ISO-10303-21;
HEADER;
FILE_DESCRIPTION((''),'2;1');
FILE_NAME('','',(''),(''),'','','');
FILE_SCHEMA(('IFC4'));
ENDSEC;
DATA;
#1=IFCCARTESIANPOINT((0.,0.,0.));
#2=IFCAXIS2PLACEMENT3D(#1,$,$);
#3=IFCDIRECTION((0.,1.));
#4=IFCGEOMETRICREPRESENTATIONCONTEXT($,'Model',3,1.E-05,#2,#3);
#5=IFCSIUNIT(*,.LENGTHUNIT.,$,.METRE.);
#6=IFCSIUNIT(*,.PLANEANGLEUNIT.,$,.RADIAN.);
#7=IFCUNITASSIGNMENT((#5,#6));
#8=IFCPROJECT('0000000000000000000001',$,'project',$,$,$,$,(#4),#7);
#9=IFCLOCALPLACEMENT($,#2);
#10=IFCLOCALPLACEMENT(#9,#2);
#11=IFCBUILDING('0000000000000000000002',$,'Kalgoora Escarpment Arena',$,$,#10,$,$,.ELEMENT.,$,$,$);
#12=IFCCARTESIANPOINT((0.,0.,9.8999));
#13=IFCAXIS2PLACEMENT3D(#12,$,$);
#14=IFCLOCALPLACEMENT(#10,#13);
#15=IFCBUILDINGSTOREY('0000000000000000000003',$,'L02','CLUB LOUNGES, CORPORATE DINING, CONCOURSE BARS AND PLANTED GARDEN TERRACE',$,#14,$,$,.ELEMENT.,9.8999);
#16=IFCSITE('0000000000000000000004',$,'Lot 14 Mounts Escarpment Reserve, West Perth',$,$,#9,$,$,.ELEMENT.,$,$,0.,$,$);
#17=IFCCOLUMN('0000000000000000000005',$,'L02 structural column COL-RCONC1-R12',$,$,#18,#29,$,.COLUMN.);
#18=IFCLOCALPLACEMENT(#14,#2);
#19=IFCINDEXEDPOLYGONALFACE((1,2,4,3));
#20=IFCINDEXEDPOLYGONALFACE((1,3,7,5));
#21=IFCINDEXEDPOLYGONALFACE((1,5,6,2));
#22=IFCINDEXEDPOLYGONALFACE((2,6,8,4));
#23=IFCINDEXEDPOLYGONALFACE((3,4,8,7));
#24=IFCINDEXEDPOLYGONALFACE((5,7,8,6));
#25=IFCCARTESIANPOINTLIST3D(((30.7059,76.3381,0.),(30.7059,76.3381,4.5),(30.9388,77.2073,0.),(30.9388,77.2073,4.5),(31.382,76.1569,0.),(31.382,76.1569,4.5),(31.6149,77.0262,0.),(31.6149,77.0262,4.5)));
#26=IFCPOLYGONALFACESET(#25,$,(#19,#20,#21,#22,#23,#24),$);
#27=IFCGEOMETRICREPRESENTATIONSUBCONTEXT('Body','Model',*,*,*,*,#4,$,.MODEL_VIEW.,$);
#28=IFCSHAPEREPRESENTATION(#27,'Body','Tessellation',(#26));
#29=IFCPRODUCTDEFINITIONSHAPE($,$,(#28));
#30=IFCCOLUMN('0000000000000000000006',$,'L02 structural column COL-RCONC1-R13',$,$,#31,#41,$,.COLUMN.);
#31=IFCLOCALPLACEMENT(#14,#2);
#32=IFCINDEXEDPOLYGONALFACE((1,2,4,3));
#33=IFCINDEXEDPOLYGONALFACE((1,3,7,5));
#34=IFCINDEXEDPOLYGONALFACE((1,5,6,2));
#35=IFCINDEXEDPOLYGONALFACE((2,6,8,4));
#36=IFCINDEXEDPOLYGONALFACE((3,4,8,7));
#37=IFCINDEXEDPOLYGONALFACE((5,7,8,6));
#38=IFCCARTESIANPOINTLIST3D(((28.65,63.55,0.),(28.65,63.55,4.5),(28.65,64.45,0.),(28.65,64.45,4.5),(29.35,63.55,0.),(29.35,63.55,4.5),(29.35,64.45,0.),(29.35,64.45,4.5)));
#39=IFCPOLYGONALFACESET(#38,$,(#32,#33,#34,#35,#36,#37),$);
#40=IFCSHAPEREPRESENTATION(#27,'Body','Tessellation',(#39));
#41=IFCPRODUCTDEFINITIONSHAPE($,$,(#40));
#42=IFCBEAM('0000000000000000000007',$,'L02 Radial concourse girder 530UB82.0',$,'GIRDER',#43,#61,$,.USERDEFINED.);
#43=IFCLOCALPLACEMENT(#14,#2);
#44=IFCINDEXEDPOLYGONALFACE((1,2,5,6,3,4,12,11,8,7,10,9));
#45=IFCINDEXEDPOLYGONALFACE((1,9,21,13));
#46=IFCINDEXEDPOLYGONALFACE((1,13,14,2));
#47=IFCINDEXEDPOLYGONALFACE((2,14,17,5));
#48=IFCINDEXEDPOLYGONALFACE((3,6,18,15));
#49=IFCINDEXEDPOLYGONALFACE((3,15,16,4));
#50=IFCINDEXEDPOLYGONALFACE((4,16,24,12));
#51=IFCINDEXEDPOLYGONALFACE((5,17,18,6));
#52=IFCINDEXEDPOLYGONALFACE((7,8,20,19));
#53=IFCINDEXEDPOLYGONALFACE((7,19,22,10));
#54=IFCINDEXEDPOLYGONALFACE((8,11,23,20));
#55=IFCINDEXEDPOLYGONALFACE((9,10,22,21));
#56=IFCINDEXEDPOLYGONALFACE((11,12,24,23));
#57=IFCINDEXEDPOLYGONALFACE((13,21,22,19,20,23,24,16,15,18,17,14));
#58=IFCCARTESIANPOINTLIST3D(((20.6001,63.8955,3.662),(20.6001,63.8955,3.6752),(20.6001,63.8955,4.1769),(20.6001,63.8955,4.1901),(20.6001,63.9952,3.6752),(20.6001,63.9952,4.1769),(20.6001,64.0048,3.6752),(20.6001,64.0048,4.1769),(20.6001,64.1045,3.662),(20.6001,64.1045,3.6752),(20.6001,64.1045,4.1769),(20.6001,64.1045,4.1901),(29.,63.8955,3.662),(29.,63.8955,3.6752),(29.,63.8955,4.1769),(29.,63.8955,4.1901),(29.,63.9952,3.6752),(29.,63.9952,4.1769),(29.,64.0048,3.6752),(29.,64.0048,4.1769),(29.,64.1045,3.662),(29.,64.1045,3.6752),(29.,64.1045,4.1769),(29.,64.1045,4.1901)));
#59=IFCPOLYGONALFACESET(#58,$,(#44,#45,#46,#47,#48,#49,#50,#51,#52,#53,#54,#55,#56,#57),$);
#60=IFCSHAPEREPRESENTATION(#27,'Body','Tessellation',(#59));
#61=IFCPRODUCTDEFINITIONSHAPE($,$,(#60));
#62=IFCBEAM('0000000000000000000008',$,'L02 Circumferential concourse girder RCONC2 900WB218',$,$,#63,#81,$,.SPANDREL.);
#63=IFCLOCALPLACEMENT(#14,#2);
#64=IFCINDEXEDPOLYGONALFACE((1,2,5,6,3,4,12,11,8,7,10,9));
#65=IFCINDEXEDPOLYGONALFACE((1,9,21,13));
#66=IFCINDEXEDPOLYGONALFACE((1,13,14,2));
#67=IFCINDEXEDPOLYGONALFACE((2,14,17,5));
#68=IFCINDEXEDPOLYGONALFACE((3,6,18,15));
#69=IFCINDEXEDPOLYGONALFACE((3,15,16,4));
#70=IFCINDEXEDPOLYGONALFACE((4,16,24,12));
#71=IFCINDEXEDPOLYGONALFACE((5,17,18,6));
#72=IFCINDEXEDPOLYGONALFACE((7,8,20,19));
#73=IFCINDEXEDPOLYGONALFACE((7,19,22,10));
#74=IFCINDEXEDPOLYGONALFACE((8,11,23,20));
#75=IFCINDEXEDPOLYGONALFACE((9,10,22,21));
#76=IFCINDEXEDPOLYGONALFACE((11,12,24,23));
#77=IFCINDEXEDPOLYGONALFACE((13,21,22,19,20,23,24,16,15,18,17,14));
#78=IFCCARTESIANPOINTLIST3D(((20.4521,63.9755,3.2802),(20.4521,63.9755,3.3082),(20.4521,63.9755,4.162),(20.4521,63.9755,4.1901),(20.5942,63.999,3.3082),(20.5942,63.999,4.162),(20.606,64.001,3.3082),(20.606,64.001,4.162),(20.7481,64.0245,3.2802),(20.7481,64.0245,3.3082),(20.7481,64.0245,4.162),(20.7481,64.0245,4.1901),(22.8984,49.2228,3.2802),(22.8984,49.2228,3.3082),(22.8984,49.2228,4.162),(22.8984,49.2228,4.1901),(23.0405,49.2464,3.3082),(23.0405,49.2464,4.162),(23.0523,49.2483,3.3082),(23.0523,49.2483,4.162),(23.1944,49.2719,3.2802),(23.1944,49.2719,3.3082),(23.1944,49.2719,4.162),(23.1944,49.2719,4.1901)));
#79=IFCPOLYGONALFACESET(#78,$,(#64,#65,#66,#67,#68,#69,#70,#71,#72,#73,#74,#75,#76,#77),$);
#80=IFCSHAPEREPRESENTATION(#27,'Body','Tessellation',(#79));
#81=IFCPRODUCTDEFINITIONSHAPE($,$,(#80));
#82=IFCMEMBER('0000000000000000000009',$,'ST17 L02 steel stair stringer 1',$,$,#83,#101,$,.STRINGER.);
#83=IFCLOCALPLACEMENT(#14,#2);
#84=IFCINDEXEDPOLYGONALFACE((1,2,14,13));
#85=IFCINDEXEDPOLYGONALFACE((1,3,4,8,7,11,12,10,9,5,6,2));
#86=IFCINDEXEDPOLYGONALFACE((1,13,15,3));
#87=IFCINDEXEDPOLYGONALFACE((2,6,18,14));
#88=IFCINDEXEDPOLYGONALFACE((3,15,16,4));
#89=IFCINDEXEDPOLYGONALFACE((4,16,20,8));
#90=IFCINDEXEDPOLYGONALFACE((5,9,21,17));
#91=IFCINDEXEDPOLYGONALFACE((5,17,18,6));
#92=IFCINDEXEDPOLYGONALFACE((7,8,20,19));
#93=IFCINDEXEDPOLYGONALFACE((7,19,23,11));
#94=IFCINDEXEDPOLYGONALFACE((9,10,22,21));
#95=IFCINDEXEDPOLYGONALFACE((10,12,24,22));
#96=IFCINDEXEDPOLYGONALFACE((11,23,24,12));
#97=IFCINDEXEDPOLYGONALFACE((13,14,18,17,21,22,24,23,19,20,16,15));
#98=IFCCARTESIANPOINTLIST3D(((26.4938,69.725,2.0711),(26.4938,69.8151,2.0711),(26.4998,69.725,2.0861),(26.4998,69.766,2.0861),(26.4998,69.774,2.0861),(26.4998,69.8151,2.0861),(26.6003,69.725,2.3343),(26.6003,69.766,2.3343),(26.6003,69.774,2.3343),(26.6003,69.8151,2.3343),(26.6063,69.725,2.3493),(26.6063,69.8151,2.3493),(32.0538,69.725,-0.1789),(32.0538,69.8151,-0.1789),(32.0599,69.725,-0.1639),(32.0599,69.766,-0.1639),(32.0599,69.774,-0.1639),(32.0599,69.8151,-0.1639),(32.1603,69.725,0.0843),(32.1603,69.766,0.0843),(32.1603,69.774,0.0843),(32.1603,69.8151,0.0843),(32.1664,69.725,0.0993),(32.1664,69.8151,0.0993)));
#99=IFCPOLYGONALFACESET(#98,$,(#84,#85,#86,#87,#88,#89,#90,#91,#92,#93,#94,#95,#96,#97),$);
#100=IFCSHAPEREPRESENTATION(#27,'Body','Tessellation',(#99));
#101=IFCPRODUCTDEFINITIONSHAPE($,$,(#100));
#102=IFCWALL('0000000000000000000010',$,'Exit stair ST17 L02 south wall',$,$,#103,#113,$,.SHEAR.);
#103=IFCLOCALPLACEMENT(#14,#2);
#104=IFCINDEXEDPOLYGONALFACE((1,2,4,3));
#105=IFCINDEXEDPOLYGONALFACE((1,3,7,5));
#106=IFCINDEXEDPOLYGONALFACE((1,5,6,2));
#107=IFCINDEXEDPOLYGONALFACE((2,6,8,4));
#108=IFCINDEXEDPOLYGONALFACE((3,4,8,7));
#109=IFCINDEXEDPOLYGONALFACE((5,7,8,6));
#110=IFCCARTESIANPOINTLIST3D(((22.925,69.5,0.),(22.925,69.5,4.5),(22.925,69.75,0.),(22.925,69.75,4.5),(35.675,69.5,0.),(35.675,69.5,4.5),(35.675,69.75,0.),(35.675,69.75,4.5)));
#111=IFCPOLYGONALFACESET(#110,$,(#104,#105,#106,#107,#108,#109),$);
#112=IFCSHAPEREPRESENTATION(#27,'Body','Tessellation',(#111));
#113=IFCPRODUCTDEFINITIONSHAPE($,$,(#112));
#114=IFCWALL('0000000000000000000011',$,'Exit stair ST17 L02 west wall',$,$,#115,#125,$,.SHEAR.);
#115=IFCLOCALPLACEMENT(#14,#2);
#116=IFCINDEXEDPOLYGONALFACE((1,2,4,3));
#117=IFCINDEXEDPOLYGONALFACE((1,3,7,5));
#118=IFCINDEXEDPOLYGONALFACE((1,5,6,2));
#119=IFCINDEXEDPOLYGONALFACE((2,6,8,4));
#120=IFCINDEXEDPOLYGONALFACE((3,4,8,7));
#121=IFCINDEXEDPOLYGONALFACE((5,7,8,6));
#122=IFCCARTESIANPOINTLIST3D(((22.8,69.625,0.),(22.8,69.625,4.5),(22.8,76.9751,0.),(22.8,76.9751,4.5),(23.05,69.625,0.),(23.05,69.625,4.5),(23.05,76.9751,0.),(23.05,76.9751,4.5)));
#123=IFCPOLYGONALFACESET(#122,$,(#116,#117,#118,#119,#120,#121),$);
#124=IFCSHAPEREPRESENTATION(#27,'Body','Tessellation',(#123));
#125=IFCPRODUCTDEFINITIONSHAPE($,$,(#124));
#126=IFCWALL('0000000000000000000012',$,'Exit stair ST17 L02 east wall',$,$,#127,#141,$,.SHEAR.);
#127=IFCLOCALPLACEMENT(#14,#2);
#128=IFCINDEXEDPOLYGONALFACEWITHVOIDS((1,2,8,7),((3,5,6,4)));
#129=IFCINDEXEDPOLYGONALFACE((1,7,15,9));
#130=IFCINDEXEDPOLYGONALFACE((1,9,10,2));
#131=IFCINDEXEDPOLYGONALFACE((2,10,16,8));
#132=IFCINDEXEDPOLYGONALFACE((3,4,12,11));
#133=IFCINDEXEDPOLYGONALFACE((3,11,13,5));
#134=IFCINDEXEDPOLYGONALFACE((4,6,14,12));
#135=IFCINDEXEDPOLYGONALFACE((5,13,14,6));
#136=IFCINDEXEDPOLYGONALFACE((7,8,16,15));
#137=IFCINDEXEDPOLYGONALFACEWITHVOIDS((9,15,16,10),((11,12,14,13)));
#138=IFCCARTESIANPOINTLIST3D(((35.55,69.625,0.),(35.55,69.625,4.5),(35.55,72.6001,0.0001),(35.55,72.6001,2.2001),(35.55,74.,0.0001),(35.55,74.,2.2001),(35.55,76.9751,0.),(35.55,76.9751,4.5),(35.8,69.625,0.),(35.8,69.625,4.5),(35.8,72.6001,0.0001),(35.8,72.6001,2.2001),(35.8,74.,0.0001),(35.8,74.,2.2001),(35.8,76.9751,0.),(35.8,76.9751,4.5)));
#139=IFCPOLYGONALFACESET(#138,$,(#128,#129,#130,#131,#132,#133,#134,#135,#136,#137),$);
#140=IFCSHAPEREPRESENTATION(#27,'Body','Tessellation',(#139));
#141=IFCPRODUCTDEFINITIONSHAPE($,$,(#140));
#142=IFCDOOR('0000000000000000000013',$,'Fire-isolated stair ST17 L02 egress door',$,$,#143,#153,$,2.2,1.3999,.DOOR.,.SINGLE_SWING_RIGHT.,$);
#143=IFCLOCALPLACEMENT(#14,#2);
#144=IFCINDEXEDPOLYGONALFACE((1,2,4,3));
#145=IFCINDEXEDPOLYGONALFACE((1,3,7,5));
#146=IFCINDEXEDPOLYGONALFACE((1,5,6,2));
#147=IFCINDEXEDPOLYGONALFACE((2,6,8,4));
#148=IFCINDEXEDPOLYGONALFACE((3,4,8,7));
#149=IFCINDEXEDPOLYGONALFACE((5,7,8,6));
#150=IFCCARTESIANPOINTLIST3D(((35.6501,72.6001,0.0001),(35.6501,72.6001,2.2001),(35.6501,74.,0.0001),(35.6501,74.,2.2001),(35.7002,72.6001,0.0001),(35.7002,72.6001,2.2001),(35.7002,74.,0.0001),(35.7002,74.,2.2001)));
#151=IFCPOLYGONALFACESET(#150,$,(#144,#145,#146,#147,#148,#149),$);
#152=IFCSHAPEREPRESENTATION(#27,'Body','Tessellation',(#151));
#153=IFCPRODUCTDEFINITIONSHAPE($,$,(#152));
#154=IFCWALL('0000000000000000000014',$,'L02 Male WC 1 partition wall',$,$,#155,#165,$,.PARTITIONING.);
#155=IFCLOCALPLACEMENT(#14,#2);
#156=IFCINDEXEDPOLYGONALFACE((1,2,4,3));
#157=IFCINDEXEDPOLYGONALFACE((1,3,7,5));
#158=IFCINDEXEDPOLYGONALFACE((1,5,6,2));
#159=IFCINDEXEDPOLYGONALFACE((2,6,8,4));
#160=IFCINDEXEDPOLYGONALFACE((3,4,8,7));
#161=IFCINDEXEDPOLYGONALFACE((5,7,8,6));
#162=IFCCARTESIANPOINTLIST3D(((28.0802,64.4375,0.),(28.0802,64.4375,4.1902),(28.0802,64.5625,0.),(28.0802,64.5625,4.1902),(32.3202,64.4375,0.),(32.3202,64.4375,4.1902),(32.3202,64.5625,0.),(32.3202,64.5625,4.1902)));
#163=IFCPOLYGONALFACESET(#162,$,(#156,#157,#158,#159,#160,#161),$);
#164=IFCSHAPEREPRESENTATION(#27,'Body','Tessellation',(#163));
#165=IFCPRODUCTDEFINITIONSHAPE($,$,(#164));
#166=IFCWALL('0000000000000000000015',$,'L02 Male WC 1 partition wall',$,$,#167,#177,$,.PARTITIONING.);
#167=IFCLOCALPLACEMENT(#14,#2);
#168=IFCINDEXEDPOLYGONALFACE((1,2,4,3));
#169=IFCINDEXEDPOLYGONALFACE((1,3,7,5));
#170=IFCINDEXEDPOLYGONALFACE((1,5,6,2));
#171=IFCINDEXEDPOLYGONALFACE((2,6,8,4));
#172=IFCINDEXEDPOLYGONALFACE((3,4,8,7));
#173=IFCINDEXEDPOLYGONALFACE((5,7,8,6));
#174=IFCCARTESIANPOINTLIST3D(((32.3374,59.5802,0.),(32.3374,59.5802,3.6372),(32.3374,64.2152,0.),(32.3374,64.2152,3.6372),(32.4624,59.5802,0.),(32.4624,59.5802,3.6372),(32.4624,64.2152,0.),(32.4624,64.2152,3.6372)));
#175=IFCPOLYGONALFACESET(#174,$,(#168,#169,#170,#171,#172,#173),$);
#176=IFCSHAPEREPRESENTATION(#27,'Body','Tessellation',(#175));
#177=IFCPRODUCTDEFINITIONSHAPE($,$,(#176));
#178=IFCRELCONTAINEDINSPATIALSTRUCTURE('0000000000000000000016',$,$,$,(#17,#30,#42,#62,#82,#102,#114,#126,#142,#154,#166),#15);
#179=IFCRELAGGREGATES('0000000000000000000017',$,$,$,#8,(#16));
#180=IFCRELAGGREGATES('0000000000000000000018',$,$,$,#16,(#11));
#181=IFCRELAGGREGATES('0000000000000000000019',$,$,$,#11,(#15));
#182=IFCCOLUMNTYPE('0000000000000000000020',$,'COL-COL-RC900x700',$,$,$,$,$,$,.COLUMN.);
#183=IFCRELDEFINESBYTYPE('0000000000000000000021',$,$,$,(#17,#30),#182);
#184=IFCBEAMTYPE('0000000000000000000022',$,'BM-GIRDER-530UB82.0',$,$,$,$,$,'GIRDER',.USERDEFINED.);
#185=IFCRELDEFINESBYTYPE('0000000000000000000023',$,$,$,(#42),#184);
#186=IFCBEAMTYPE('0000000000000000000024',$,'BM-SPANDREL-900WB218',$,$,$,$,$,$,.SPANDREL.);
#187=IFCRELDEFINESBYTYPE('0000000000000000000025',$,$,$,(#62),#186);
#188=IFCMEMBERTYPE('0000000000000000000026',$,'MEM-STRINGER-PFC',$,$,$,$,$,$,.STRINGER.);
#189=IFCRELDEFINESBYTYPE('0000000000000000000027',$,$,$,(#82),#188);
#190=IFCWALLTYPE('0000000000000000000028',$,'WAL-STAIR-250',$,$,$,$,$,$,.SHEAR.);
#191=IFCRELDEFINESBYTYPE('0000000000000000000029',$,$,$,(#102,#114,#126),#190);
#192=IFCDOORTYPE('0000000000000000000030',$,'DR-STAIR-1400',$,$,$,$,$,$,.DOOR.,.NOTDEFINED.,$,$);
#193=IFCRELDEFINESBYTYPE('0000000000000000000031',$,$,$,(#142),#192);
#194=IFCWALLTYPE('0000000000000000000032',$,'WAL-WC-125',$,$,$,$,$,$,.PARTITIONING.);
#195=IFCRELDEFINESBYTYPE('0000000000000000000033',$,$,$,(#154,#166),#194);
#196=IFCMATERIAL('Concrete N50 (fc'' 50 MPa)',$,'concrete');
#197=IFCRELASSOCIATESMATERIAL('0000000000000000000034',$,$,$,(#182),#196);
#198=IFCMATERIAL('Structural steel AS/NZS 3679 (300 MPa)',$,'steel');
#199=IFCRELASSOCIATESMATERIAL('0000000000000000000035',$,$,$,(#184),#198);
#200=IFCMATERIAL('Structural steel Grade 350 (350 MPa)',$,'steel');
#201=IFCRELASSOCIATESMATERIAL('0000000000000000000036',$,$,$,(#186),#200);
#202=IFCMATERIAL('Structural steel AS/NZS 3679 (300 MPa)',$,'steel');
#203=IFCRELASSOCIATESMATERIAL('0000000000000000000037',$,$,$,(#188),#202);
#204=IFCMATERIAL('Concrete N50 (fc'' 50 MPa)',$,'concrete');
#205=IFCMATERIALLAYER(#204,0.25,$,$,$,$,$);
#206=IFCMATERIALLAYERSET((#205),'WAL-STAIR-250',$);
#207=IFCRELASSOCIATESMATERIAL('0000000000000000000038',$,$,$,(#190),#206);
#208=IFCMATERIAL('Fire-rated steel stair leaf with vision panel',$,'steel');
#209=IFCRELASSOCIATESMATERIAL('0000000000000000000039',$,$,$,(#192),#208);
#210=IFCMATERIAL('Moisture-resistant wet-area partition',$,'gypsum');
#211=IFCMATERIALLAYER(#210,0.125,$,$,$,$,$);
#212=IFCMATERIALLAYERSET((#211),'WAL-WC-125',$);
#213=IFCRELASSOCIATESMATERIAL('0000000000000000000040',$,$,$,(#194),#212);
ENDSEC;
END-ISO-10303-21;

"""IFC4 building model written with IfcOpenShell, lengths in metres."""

from ifc_helpers import new_model, si_unit, direction, frame, frame_2d, origin, origin_2d, place, context, subcontext, project, spatial, rectangle, i_section, extrude, material, layer, layer_set, material_profile, profile_set, type_object, element, fill, save


model = new_model("IFC4")

# Units and contexts
model_context = context("Model", 3, precision=1e-05, world=origin(), true_north=direction((0.0, 1.0)))
body_context = subcontext(model_context, "Body", "Model", "MODEL_VIEW")
ifc_project = project(units=[si_unit("LENGTHUNIT", "METRE"), si_unit("PLANEANGLEUNIT", "RADIAN")], contexts=[model_context])

# Site, building, storey
site_placement = place(None, origin())
site = spatial("IfcSite", under=ifc_project, at=site_placement, Name="Lot 14 Mounts Escarpment Reserve, West Perth", CompositionType="ELEMENT", RefElevation=0.0)
building_placement = place(site_placement, origin())
building = spatial("IfcBuilding", under=site, at=building_placement, Name="Kalgoora Escarpment Arena", CompositionType="ELEMENT")
storey_placement = place(building_placement, frame((0.0, 0.0, 9.8999)))
storey = spatial("IfcBuildingStorey", under=building, at=storey_placement, Name="L02", Description="CLUB LOUNGES, CORPORATE DINING, CONCOURSE BARS AND PLANTED GARDEN TERRACE", CompositionType="ELEMENT", Elevation=9.8999)

# Columns
ifc_material_1 = material(Name="Concrete N50 (fc' 50 MPa)", Category="concrete")
ifc_material_profile_1 = material_profile(ifc_material_1, rectangle(XDim=0.7, YDim=0.8999, at=origin_2d()))
ifc_profile_set_1 = profile_set([ifc_material_profile_1], Name="Concrete N50 (fc' 50 MPa)")
column_type = type_object("IfcColumnType", Name="COL-COL-RC900x700", PredefinedType="COLUMN", material=ifc_profile_set_1)
for number, where, z_axis, x_axis, name in (
    (1, (31.1604, 76.6821, 0.0), (0.0, 0.0, 1.0), (-0.965926, 0.258819, 0.0), "L02 structural column COL-RCONC1-R12"),
    (2, (29.0, 64.0, 0.0), (0.0, 0.0, 1.0), (-1.0, 0.0, 0.0), "L02 structural column COL-RCONC1-R13"),
):
    element("IfcColumn", number, at=place(storey_placement, frame(where, z_axis=z_axis, x_axis=x_axis)), inside=storey, type_object=column_type, Name=name, PredefinedType="COLUMN", context=body_context, shape_type="SweptSolid", body=[
        extrude(rectangle(XDim=0.7, YDim=0.8999, at=origin_2d()), origin(), (0.0, 0.0, 1.0), 4.5),
    ])

# Beams
ifc_material_2 = material(Name="Structural steel AS/NZS 3679 (300 MPa)", Category="steel")
ifc_material_profile_2 = material_profile(ifc_material_2, i_section(OverallWidth=0.209, OverallDepth=0.5281, WebThickness=0.0095, FlangeThickness=0.0132, at=origin_2d()))
ifc_profile_set_2 = profile_set([ifc_material_profile_2], Name="Structural steel AS/NZS 3679 (300 MPa)")
beam_type_1 = type_object("IfcBeamType", Name="BM-GIRDER-530UB82.0", ElementType="GIRDER", PredefinedType="USERDEFINED", material=ifc_profile_set_2)
beam_1_placement = place(storey_placement, frame((29.0, 64.0, 3.926), z_axis=(-1.0, 0.0, 0.0), x_axis=(0.0, -1.0, 0.0)))
element("IfcBeam", 3, at=beam_1_placement, inside=storey, type_object=beam_type_1, Name="L02 Radial concourse girder 530UB82.0", ObjectType="GIRDER", PredefinedType="USERDEFINED", context=body_context, shape_type="SweptSolid", body=[
    extrude(i_section(OverallWidth=0.209, OverallDepth=0.5281, WebThickness=0.0095, FlangeThickness=0.0132, at=origin_2d()), origin(), (0.0, 0.0, 1.0), 8.3999),
])
ifc_material_3 = material(Name="Structural steel Grade 350 (350 MPa)", Category="steel")
ifc_material_profile_3 = material_profile(ifc_material_3, i_section(OverallWidth=0.3, OverallDepth=0.9099, WebThickness=0.012, FlangeThickness=0.0281, at=origin_2d()))
ifc_profile_set_3 = profile_set([ifc_material_profile_3], Name="Structural steel Grade 350 (350 MPa)")
beam_type_2 = type_object("IfcBeamType", Name="BM-SPANDREL-900WB218", PredefinedType="SPANDREL", material=ifc_profile_set_3)
beam_2_placement = place(storey_placement, frame((20.6001, 64.0, 3.7351), z_axis=(0.163586, -0.986529, 0.0), x_axis=(0.986529, 0.163586, 0.0)))
element("IfcBeam", 4, at=beam_2_placement, inside=storey, type_object=beam_type_2, Name="L02 Circumferential concourse girder RCONC2 900WB218", PredefinedType="SPANDREL", context=body_context, shape_type="SweptSolid", body=[
    extrude(i_section(OverallWidth=0.3, OverallDepth=0.9099, WebThickness=0.012, FlangeThickness=0.0281, at=origin_2d()), origin(), (0.0, 0.0, 1.0), 14.9541),
])

# Member
ifc_material_4 = material(Name="Structural steel AS/NZS 3679 (300 MPa)", Category="steel")
ifc_material_profile_4 = material_profile(ifc_material_4, i_section(OverallWidth=0.0901, OverallDepth=0.3, WebThickness=0.0081, FlangeThickness=0.0161, at=origin_2d()))
ifc_profile_set_4 = profile_set([ifc_material_profile_4], Name="Structural steel AS/NZS 3679 (300 MPa)")
member_type = type_object("IfcMemberType", Name="MEM-STRINGER-PFC", PredefinedType="STRINGER", material=ifc_profile_set_4)
member_placement = place(storey_placement, frame((32.1101, 69.77, -0.0398), z_axis=(-0.926976, 0.0, 0.375121), x_axis=(0.0, -1.0, 0.0)))
element("IfcMember", 5, at=member_placement, inside=storey, type_object=member_type, Name="ST17 L02 steel stair stringer 1", PredefinedType="STRINGER", context=body_context, shape_type="SweptSolid", body=[
    extrude(i_section(OverallWidth=0.0901, OverallDepth=0.3, WebThickness=0.0081, FlangeThickness=0.0161, at=origin_2d()), origin(), (0.0, 0.0, 1.0), 5.998),
])

# Walls
ifc_material_5 = material(Name="Concrete N50 (fc' 50 MPa)", Category="concrete")
ifc_layer_1 = layer(ifc_material_5, 0.25)
ifc_layer_set_1 = layer_set([ifc_layer_1], Name="WAL-STAIR-250")
wall_type_1 = type_object("IfcWallType", Name="WAL-STAIR-250", PredefinedType="SHEAR", material=ifc_layer_set_1)
wall_1_placement = place(storey_placement, frame((22.925, 69.625, 0.0), z_axis=(0.0, 0.0, 1.0), x_axis=(1.0, 0.0, 0.0)))
element("IfcWall", 6, at=wall_1_placement, inside=storey, type_object=wall_type_1, Name="Exit stair ST17 L02 south wall", PredefinedType="SHEAR", context=body_context, shape_type="SweptSolid", body=[
    extrude(rectangle(XDim=12.75, YDim=0.25, at=frame_2d((6.375, 0.0))), origin(), (0.0, 0.0, 1.0), 4.5),
])
wall_2_placement = place(storey_placement, frame((22.925, 69.625, 0.0), z_axis=(0.0, 0.0, 1.0), x_axis=(0.0, 1.0, 0.0)))
element("IfcWall", 7, at=wall_2_placement, inside=storey, type_object=wall_type_1, Name="Exit stair ST17 L02 west wall", PredefinedType="SHEAR", context=body_context, shape_type="SweptSolid", body=[
    extrude(rectangle(XDim=7.3501, YDim=0.25, at=frame_2d((3.675, 0.0))), origin(), (0.0, 0.0, 1.0), 4.5),
])

# Wall, opening, door
wall_3_placement = place(storey_placement, frame((35.675, 69.625, 0.0), z_axis=(0.0, 0.0, 1.0), x_axis=(0.0, 1.0, 0.0)))
wall_3 = element("IfcWall", 8, at=wall_3_placement, inside=storey, type_object=wall_type_1, Name="Exit stair ST17 L02 east wall", PredefinedType="SHEAR", context=body_context, shape_type="SweptSolid", body=[
    extrude(rectangle(XDim=7.3501, YDim=0.25, at=frame_2d((3.675, 0.0))), origin(), (0.0, 0.0, 1.0), 4.5),
])
opening_1_placement = place(wall_3_placement, frame((2.9751, 0.0, 0.0)))
opening_1 = element("IfcOpeningElement", 9, at=opening_1_placement, cuts=wall_3, PredefinedType="OPENING", context=body_context, shape_type="SweptSolid", body=[
    extrude(rectangle(XDim=1.3999, YDim=2.2, at=frame_2d((0.7, 1.1001))), frame((0.0, 0.135, 0.0), z_axis=(0.0, -1.0, 0.0), x_axis=(1.0, 0.0, 0.0)), (0.0, 0.0, 1.0), 0.27),
])
ifc_material_6 = material(Name="Fire-rated steel stair leaf with vision panel", Category="steel")
door_type_1 = type_object("IfcDoorType", Name="DR-STAIR-1400", OperationType="NOTDEFINED", PredefinedType="DOOR", material=ifc_material_6)
door_1_placement = place(opening_1_placement, origin())
door_1 = element("IfcDoor", 10, at=door_1_placement, inside=storey, type_object=door_type_1, Name="Fire-isolated stair ST17 L02 egress door", OperationType="SINGLE_SWING_RIGHT", OverallHeight=2.2, OverallWidth=1.3999, PredefinedType="DOOR", context=body_context, shape_type="SweptSolid", body=[
    extrude(rectangle(XDim=1.3999, YDim=2.2, at=frame_2d((0.7, 1.1001))), frame((0.0, 0.0249, 0.0), z_axis=(0.0, -1.0, 0.0), x_axis=(1.0, 0.0, 0.0)), (0.0, 0.0, 1.0), 0.05),
])
fill(opening_1, door_1)

# Walls
ifc_material_7 = material(Name="Moisture-resistant wet-area partition", Category="gypsum")
ifc_layer_2 = layer(ifc_material_7, 0.125)
ifc_layer_set_2 = layer_set([ifc_layer_2], Name="WAL-WC-125")
wall_type_2 = type_object("IfcWallType", Name="WAL-WC-125", PredefinedType="PARTITIONING", material=ifc_layer_set_2)
wall_4_placement = place(storey_placement, frame((28.0801, 64.5, 0.0), z_axis=(0.0, 0.0, 1.0), x_axis=(1.0, 0.0, 0.0)))
element("IfcWall", 11, at=wall_4_placement, inside=storey, type_object=wall_type_2, Name="L02 Male WC 1 partition wall", PredefinedType="PARTITIONING", context=body_context, shape_type="SweptSolid", body=[
    extrude(rectangle(XDim=4.24, YDim=0.125, at=frame_2d((2.1201, 0.0))), origin(), (0.0, 0.0, 1.0), 4.1902),
])
wall_5_placement = place(storey_placement, frame((32.3999, 64.2151, 0.0), z_axis=(0.0, 0.0, 1.0), x_axis=(0.0, -1.0, 0.0)))
element("IfcWall", 12, at=wall_5_placement, inside=storey, type_object=wall_type_2, Name="L02 Male WC 1 partition wall", PredefinedType="PARTITIONING", context=body_context, shape_type="SweptSolid", body=[
    extrude(rectangle(XDim=4.635, YDim=0.125, at=frame_2d((2.3174, 0.0))), origin(), (0.0, 0.0, 1.0), 3.6372),
])

save(model, "model.ifc")
